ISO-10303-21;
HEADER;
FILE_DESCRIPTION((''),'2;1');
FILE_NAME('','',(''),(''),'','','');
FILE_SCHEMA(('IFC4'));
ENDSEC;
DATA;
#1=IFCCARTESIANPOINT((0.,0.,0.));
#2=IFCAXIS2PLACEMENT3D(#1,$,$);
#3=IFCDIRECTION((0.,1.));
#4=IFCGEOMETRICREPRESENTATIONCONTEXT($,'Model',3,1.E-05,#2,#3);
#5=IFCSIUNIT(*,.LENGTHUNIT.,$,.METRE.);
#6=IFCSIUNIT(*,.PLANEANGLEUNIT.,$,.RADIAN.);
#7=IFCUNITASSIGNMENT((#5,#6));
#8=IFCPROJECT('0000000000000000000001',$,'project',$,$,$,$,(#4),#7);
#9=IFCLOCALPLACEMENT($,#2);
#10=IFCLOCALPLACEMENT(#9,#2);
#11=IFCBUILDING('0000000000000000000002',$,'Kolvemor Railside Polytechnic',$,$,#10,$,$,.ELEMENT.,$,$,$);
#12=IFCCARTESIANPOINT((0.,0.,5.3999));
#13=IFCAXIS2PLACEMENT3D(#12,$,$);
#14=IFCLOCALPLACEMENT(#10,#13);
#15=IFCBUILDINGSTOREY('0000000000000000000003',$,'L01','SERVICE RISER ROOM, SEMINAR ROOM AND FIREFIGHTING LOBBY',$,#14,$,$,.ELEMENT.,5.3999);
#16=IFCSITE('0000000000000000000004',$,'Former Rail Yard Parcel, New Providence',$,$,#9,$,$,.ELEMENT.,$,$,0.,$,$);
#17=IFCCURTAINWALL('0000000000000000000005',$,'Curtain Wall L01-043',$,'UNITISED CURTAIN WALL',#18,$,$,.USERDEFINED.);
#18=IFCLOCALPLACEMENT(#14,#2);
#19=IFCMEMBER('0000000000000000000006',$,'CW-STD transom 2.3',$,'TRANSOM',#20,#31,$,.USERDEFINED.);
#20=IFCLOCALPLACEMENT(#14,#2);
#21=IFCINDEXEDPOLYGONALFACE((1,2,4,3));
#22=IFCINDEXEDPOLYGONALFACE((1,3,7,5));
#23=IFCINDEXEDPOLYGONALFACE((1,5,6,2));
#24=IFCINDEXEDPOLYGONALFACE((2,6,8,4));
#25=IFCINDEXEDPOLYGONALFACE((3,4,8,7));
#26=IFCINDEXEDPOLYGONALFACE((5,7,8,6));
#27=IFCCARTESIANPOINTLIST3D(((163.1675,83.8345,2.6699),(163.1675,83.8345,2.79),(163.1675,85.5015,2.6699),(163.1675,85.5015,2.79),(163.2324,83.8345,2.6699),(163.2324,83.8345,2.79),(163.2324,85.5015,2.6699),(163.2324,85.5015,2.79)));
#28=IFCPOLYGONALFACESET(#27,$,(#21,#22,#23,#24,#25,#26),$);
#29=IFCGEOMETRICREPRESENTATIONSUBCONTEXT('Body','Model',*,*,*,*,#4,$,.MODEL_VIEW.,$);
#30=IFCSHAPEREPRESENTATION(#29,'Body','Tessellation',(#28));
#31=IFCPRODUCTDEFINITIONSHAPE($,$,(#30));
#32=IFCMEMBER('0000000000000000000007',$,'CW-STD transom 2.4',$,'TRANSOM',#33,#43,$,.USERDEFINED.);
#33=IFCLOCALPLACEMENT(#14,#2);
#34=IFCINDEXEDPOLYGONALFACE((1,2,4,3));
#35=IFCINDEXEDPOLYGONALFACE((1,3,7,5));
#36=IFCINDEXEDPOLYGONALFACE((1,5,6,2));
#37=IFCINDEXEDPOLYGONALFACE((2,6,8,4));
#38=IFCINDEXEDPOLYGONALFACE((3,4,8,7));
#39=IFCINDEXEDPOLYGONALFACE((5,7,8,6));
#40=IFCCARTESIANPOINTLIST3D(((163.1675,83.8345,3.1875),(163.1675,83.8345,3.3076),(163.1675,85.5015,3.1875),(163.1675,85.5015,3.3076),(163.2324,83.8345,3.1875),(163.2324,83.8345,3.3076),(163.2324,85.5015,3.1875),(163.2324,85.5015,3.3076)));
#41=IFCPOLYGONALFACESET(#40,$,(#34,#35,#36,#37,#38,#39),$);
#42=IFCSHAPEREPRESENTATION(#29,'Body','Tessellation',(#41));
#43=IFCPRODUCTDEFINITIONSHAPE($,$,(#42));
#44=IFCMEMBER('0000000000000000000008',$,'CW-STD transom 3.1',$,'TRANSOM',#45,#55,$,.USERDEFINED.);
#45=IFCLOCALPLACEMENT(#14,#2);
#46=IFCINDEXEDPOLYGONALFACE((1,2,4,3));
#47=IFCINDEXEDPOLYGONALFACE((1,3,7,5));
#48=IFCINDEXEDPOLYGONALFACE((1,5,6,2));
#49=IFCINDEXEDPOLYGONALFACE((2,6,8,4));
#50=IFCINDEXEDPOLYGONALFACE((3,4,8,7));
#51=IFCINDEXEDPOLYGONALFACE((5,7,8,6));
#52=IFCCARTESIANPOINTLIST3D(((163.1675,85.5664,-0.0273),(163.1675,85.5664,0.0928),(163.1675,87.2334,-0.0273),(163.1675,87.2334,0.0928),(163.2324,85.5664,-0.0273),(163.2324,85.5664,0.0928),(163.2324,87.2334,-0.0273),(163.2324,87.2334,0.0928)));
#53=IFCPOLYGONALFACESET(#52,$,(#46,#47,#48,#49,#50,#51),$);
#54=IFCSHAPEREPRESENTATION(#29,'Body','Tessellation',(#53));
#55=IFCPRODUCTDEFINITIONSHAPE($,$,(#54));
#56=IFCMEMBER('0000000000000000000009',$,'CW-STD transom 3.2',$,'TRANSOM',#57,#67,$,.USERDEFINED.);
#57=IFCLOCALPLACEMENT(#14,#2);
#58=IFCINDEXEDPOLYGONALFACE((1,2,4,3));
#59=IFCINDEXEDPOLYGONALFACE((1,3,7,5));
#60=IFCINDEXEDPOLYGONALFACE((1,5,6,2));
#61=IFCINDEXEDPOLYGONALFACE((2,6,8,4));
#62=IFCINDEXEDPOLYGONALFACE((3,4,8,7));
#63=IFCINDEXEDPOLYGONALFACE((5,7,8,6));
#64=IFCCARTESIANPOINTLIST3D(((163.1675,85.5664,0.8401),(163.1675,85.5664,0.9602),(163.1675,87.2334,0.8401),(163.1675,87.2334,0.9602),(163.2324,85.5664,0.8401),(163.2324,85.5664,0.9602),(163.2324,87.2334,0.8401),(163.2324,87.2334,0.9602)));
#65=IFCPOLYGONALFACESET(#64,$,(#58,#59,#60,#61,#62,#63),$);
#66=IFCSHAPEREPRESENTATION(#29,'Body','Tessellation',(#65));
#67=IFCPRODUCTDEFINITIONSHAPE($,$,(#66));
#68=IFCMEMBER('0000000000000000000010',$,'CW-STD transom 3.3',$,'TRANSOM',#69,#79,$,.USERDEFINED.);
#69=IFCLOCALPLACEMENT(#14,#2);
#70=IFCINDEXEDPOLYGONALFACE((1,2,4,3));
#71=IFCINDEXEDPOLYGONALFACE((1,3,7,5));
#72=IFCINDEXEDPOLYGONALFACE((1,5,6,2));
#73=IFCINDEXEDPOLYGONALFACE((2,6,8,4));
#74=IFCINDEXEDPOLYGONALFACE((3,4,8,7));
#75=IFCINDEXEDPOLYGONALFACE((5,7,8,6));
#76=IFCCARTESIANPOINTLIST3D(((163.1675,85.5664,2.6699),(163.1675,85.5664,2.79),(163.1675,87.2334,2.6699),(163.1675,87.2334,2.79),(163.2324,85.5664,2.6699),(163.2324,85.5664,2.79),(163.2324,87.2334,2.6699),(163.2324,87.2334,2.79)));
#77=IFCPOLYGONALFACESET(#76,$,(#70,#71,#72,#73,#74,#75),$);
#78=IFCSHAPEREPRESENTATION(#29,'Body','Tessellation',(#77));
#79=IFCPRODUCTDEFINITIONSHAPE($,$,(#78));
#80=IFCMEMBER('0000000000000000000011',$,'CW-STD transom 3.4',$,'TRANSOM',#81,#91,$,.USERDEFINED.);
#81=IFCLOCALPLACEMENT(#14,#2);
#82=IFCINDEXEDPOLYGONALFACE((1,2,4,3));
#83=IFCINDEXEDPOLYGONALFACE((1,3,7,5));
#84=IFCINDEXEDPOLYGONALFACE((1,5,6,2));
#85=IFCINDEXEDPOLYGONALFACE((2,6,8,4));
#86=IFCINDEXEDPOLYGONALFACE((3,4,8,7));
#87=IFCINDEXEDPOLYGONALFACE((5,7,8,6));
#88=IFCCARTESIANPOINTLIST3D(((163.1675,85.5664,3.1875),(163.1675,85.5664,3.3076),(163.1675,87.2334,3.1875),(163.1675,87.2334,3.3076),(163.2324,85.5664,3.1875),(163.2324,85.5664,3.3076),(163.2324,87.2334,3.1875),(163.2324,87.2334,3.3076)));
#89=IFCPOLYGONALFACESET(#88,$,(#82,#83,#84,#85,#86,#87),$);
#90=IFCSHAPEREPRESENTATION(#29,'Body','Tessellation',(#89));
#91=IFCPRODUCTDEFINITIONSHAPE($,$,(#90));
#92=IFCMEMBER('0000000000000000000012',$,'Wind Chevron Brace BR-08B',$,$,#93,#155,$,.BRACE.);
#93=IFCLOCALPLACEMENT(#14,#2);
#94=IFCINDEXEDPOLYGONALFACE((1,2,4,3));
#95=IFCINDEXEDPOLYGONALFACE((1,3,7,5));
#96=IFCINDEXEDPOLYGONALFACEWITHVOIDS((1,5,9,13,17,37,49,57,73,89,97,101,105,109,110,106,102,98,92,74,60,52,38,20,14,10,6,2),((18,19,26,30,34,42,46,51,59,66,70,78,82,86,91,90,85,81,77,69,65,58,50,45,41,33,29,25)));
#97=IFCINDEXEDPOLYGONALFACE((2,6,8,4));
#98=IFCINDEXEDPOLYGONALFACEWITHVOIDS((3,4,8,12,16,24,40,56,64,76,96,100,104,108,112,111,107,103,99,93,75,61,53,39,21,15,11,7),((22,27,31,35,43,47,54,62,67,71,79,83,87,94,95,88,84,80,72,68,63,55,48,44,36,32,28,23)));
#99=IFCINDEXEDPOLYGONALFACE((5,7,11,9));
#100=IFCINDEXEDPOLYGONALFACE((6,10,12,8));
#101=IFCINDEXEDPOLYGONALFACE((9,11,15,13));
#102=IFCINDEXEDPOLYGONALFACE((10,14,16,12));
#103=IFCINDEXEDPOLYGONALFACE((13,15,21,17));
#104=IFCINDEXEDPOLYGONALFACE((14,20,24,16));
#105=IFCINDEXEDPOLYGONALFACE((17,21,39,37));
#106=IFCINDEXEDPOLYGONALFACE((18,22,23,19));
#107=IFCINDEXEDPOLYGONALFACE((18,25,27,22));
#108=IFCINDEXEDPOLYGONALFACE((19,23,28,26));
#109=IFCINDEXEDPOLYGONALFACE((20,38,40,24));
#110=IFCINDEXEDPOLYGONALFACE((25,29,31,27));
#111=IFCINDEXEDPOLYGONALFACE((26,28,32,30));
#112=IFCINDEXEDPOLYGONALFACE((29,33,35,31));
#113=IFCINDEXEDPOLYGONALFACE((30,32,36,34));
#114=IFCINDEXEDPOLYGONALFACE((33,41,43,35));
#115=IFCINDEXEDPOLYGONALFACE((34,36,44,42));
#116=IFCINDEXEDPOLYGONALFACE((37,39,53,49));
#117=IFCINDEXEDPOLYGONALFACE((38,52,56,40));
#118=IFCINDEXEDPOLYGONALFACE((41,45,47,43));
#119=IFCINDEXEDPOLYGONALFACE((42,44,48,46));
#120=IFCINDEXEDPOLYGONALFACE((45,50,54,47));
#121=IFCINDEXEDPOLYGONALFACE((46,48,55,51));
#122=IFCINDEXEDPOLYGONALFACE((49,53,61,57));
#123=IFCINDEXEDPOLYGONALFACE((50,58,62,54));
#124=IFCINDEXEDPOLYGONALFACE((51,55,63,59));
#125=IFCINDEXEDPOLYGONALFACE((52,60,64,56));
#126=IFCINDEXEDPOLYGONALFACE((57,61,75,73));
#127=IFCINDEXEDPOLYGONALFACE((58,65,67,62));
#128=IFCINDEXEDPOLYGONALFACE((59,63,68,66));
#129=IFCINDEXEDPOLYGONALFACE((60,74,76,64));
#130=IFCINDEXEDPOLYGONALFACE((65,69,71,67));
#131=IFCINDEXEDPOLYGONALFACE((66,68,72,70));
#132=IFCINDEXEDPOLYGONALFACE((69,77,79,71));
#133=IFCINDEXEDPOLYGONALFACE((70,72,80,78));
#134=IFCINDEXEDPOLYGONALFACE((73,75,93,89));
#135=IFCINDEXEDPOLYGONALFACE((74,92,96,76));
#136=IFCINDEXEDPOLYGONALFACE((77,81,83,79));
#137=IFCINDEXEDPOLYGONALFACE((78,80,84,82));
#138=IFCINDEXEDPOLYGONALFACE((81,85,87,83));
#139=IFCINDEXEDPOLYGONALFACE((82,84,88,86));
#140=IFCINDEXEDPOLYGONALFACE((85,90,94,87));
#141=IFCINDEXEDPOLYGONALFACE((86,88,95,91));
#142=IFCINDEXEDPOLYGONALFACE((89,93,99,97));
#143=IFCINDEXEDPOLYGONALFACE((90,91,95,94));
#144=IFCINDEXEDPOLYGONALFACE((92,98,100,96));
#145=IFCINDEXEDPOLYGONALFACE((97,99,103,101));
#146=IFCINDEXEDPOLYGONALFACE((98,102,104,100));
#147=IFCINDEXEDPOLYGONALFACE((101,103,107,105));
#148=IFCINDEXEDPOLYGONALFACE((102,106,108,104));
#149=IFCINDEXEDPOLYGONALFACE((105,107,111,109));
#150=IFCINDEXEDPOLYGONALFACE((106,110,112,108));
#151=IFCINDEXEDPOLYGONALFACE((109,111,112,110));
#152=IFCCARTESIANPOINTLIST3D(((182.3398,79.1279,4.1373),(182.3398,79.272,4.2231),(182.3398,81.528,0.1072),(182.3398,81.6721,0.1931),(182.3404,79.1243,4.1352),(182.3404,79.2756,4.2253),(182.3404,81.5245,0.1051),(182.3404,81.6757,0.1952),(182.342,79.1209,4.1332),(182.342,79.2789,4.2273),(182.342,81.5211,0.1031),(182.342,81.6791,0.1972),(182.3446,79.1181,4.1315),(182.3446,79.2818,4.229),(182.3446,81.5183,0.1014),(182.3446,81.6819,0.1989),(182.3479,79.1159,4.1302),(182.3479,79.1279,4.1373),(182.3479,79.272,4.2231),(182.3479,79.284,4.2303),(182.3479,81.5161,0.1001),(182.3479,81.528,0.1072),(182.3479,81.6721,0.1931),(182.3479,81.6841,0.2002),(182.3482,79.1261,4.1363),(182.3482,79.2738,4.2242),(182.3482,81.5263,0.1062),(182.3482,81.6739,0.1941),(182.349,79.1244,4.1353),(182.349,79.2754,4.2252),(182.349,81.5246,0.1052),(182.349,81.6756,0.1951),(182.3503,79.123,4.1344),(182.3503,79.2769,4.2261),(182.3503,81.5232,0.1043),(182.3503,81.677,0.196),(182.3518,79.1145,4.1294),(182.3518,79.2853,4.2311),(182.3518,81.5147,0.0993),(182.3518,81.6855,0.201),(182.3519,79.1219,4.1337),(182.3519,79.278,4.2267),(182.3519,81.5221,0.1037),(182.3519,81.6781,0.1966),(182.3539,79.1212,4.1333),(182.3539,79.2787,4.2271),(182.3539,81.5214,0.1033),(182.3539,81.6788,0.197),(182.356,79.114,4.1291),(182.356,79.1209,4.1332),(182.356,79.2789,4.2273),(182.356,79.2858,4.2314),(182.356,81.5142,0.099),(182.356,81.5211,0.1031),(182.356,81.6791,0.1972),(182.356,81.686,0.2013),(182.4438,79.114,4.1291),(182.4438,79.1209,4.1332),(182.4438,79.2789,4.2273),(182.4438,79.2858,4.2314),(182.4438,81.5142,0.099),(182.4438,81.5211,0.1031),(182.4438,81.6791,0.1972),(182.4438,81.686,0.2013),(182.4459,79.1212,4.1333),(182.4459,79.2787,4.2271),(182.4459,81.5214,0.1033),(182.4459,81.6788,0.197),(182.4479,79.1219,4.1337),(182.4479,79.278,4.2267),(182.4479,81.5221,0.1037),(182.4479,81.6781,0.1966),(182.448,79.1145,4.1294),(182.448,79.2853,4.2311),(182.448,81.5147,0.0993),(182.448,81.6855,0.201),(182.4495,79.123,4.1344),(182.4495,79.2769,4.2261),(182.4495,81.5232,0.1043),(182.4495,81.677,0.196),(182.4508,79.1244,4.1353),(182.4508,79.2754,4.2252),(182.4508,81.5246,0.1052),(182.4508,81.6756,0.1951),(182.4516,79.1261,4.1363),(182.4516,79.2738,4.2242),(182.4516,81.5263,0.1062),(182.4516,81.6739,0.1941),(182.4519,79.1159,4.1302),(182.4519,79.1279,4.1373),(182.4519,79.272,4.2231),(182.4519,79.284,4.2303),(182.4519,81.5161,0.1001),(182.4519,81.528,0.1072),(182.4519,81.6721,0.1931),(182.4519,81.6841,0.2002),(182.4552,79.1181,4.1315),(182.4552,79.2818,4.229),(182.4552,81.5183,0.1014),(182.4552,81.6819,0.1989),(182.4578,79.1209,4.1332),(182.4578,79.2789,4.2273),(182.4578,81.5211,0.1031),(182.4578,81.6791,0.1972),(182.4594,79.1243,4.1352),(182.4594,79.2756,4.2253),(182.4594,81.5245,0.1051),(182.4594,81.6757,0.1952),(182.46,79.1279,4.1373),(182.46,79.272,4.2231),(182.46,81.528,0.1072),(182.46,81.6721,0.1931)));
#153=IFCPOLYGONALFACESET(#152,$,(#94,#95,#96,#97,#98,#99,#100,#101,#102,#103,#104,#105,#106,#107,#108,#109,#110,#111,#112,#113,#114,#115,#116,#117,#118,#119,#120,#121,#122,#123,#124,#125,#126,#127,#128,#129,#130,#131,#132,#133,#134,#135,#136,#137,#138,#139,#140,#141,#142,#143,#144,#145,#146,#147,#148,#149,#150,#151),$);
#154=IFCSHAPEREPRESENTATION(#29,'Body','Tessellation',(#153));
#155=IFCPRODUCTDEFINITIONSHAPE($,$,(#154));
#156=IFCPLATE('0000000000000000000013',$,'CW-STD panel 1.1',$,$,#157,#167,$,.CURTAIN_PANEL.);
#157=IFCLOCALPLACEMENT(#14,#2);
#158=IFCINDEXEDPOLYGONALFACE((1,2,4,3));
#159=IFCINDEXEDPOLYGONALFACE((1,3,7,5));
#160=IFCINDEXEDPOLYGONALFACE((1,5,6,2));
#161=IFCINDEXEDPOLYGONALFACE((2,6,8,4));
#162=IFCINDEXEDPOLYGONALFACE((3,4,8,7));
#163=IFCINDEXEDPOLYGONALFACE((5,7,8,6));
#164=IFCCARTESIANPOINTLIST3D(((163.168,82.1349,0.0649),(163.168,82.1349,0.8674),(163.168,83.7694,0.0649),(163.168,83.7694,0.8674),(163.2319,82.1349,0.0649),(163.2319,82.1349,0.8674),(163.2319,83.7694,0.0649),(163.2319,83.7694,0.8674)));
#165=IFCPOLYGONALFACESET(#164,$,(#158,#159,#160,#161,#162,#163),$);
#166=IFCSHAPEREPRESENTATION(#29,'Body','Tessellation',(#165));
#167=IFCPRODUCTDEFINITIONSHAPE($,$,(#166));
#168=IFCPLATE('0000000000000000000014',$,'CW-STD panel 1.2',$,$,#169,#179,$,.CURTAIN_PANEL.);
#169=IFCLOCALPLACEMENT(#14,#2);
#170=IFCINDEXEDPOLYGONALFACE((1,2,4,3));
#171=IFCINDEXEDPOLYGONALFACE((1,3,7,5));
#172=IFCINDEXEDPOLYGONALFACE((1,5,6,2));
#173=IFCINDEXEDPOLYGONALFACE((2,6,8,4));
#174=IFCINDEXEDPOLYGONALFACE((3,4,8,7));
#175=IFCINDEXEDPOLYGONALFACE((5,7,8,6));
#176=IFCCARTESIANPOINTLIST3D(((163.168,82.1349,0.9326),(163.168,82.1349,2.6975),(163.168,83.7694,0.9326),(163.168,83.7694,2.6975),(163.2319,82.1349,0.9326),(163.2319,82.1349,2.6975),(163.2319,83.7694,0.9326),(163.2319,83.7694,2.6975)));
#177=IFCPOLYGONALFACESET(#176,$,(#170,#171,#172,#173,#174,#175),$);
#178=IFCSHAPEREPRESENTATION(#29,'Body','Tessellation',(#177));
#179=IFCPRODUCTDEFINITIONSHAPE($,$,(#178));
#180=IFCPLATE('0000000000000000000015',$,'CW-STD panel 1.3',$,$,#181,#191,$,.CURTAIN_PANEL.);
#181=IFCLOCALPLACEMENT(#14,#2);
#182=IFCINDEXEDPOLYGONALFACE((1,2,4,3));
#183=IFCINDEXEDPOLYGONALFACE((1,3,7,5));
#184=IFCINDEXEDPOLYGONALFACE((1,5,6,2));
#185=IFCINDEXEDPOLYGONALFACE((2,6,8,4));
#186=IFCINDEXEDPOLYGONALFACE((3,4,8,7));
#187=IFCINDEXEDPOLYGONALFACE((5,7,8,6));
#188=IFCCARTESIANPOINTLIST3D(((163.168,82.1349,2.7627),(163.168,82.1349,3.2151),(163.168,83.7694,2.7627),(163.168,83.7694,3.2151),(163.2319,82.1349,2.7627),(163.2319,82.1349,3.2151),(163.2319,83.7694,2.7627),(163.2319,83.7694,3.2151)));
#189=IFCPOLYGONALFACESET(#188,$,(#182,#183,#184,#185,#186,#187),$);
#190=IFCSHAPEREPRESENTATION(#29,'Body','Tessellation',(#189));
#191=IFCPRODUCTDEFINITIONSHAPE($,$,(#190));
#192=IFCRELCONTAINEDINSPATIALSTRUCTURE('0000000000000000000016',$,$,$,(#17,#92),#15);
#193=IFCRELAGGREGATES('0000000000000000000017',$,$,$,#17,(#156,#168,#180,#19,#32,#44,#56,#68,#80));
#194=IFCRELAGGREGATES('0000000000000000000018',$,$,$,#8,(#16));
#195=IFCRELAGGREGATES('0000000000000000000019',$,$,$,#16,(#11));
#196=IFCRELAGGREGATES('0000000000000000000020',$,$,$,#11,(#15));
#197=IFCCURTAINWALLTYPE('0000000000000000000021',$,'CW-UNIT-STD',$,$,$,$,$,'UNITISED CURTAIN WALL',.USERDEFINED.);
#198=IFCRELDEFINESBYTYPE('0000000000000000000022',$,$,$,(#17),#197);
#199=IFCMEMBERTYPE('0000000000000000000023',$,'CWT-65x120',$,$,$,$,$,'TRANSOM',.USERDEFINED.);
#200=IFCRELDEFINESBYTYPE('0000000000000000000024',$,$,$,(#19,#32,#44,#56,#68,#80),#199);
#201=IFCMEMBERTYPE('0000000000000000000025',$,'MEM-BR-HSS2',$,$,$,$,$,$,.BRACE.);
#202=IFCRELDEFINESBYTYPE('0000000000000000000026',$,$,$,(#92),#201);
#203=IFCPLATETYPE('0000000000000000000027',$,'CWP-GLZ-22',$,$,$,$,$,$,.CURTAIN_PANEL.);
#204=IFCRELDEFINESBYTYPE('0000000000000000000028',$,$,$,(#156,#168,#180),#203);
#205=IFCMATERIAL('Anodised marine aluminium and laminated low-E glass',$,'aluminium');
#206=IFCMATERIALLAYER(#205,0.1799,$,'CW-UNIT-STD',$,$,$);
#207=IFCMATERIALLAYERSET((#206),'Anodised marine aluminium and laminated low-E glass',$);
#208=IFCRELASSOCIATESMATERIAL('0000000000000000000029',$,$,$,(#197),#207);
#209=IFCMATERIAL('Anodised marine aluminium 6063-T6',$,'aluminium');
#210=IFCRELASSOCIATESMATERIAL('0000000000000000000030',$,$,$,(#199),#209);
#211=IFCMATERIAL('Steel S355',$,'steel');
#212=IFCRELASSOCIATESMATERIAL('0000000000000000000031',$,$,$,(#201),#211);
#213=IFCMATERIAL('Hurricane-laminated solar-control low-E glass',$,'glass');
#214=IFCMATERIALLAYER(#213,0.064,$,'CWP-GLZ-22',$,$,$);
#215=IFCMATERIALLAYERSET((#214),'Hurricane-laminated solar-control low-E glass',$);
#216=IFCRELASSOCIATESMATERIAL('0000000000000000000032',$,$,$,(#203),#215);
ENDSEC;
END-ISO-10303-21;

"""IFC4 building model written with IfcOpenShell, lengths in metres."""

from ifc_helpers import new_model, si_unit, direction, frame, origin, origin_2d, place, context, subcontext, project, spatial, rectangle, hollow_rectangle, extrude, material, layer, layer_set, material_profile, profile_set, type_object, element, aggregate, save


model = new_model("IFC4")

# Units and contexts
model_context = context("Model", 3, precision=1e-05, world=origin(), true_north=direction((0.0, 1.0)))
body_context = subcontext(model_context, "Body", "Model", "MODEL_VIEW")
ifc_project = project(units=[si_unit("LENGTHUNIT", "METRE"), si_unit("PLANEANGLEUNIT", "RADIAN")], contexts=[model_context])

# Site, building, storey
site_placement = place(None, origin())
site = spatial("IfcSite", under=ifc_project, at=site_placement, Name="Former Rail Yard Parcel, New Providence", CompositionType="ELEMENT", RefElevation=0.0)
building_placement = place(site_placement, origin())
building = spatial("IfcBuilding", under=site, at=building_placement, Name="Kolvemor Railside Polytechnic", CompositionType="ELEMENT")
storey_placement = place(building_placement, frame((0.0, 0.0, 5.3999)))
storey = spatial("IfcBuildingStorey", under=building, at=storey_placement, Name="L01", Description="SERVICE RISER ROOM, SEMINAR ROOM AND FIREFIGHTING LOBBY", CompositionType="ELEMENT", Elevation=5.3999)

# Curtain wall, members
ifc_material_1 = material(Name="Anodised marine aluminium and laminated low-E glass", Category="aluminium")
ifc_layer_1 = layer(ifc_material_1, 0.1799, Name="CW-UNIT-STD")
ifc_layer_set_1 = layer_set([ifc_layer_1], Name="Anodised marine aluminium and laminated low-E glass")
curtain_wall_type = type_object("IfcCurtainWallType", Name="CW-UNIT-STD", ElementType="UNITISED CURTAIN WALL", PredefinedType="USERDEFINED", material=ifc_layer_set_1)
curtain_wall_placement = place(storey_placement, origin())
curtain_wall = element("IfcCurtainWall", 1, at=curtain_wall_placement, inside=storey, type_object=curtain_wall_type, Name="Curtain Wall L01-043", ObjectType="UNITISED CURTAIN WALL", PredefinedType="USERDEFINED")
ifc_material_2 = material(Name="Anodised marine aluminium 6063-T6", Category="aluminium")
ifc_material_profile_1 = material_profile(ifc_material_2, rectangle(XDim=0.0649, YDim=0.1201, at=origin_2d()), Name="CW-TRN-65x120")
ifc_profile_set_1 = profile_set([ifc_material_profile_1], Name="Anodised marine aluminium 6063-T6")
member_type_1 = type_object("IfcMemberType", Name="CWT-65x120", ElementType="TRANSOM", PredefinedType="USERDEFINED", material=ifc_profile_set_1)
member_1_placement = place(storey_placement, frame((163.2, 83.8345, 2.73), z_axis=(0.0, 1.0, 0.0), x_axis=(-1.0, 0.0, 0.0)))
member_1 = element("IfcMember", 2, at=member_1_placement, type_object=member_type_1, Name="CW-STD transom 2.3", ObjectType="TRANSOM", PredefinedType="USERDEFINED", context=body_context, shape_type="SweptSolid", body=[
    extrude(rectangle(XDim=0.0649, YDim=0.1201, at=origin_2d()), origin(), (0.0, 0.0, 1.0), 1.667),
])
member_2_placement = place(storey_placement, frame((163.2, 83.8345, 3.2476), z_axis=(0.0, 1.0, 0.0), x_axis=(-1.0, 0.0, 0.0)))
member_2 = element("IfcMember", 3, at=member_2_placement, type_object=member_type_1, Name="CW-STD transom 2.4", ObjectType="TRANSOM", PredefinedType="USERDEFINED", context=body_context, shape_type="SweptSolid", body=[
    extrude(rectangle(XDim=0.0649, YDim=0.1201, at=origin_2d()), origin(), (0.0, 0.0, 1.0), 1.667),
])
member_3_placement = place(storey_placement, frame((163.2, 85.5664, 0.0327), z_axis=(0.0, 1.0, 0.0), x_axis=(-1.0, 0.0, 0.0)))
member_3 = element("IfcMember", 4, at=member_3_placement, type_object=member_type_1, Name="CW-STD transom 3.1", ObjectType="TRANSOM", PredefinedType="USERDEFINED", context=body_context, shape_type="SweptSolid", body=[
    extrude(rectangle(XDim=0.0649, YDim=0.1201, at=origin_2d()), origin(), (0.0, 0.0, 1.0), 1.667),
])
member_4_placement = place(storey_placement, frame((163.2, 85.5664, 0.9001), z_axis=(0.0, 1.0, 0.0), x_axis=(-1.0, 0.0, 0.0)))
member_4 = element("IfcMember", 5, at=member_4_placement, type_object=member_type_1, Name="CW-STD transom 3.2", ObjectType="TRANSOM", PredefinedType="USERDEFINED", context=body_context, shape_type="SweptSolid", body=[
    extrude(rectangle(XDim=0.0649, YDim=0.1201, at=origin_2d()), origin(), (0.0, 0.0, 1.0), 1.667),
])
member_5_placement = place(storey_placement, frame((163.2, 85.5664, 2.73), z_axis=(0.0, 1.0, 0.0), x_axis=(-1.0, 0.0, 0.0)))
member_5 = element("IfcMember", 6, at=member_5_placement, type_object=member_type_1, Name="CW-STD transom 3.3", ObjectType="TRANSOM", PredefinedType="USERDEFINED", context=body_context, shape_type="SweptSolid", body=[
    extrude(rectangle(XDim=0.0649, YDim=0.1201, at=origin_2d()), origin(), (0.0, 0.0, 1.0), 1.667),
])
member_6_placement = place(storey_placement, frame((163.2, 85.5664, 3.2476), z_axis=(0.0, 1.0, 0.0), x_axis=(-1.0, 0.0, 0.0)))
member_6 = element("IfcMember", 7, at=member_6_placement, type_object=member_type_1, Name="CW-STD transom 3.4", ObjectType="TRANSOM", PredefinedType="USERDEFINED", context=body_context, shape_type="SweptSolid", body=[
    extrude(rectangle(XDim=0.0649, YDim=0.1201, at=origin_2d()), origin(), (0.0, 0.0, 1.0), 1.667),
])

# Member
ifc_material_3 = material(Name="Steel S355", Category="steel")
ifc_material_profile_2 = material_profile(ifc_material_3, hollow_rectangle(XDim=0.1201, YDim=0.2, WallThickness=0.0081, InnerFilletRadius=0.0081, OuterFilletRadius=0.0161, at=origin_2d()), Name="HSS200x120x8")
ifc_profile_set_2 = profile_set([ifc_material_profile_2], Name="Steel S355")
member_type_2 = type_object("IfcMemberType", Name="MEM-BR-HSS2", PredefinedType="BRACE", material=ifc_profile_set_2)
member_7_placement = place(storey_placement, frame((182.3999, 81.6001, 0.1501), z_axis=(0.0, -0.511692, 0.859169), x_axis=(1.0, 0.0, 0.0)))
element("IfcMember", 8, at=member_7_placement, inside=storey, type_object=member_type_2, Name="Wind Chevron Brace BR-08B", PredefinedType="BRACE", context=body_context, shape_type="SweptSolid", body=[
    extrude(hollow_rectangle(XDim=0.1201, YDim=0.2, WallThickness=0.0081, InnerFilletRadius=0.0081, OuterFilletRadius=0.0161, at=origin_2d()), origin(), (0.0, 0.0, 1.0), 4.6907),
])

# Plates
ifc_material_4 = material(Name="Hurricane-laminated solar-control low-E glass", Category="glass")
ifc_layer_2 = layer(ifc_material_4, 0.064, Name="CWP-GLZ-22")
ifc_layer_set_2 = layer_set([ifc_layer_2], Name="Hurricane-laminated solar-control low-E glass")
plate_type = type_object("IfcPlateType", Name="CWP-GLZ-22", PredefinedType="CURTAIN_PANEL", material=ifc_layer_set_2)
plate_1_placement = place(storey_placement, frame((163.2, 82.9521, 0.0649), z_axis=(0.0, 0.0, 1.0), x_axis=(0.0, 1.0, 0.0)))
plate_1 = element("IfcPlate", 9, at=plate_1_placement, type_object=plate_type, Name="CW-STD panel 1.1", PredefinedType="CURTAIN_PANEL", context=body_context, shape_type="SweptSolid", body=[
    extrude(rectangle(XDim=1.6345, YDim=0.064, at=origin_2d()), origin(), (0.0, 0.0, 1.0), 0.8025),
])
plate_2_placement = place(storey_placement, frame((163.2, 82.9521, 0.9326), z_axis=(0.0, 0.0, 1.0), x_axis=(0.0, 1.0, 0.0)))
plate_2 = element("IfcPlate", 10, at=plate_2_placement, type_object=plate_type, Name="CW-STD panel 1.2", PredefinedType="CURTAIN_PANEL", context=body_context, shape_type="SweptSolid", body=[
    extrude(rectangle(XDim=1.6345, YDim=0.064, at=origin_2d()), origin(), (0.0, 0.0, 1.0), 1.7649),
])
plate_3_placement = place(storey_placement, frame((163.2, 82.9521, 2.7627), z_axis=(0.0, 0.0, 1.0), x_axis=(0.0, 1.0, 0.0)))
plate_3 = element("IfcPlate", 11, at=plate_3_placement, type_object=plate_type, Name="CW-STD panel 1.3", PredefinedType="CURTAIN_PANEL", context=body_context, shape_type="SweptSolid", body=[
    extrude(rectangle(XDim=1.6345, YDim=0.064, at=origin_2d()), origin(), (0.0, 0.0, 1.0), 0.4524),
])
aggregate(curtain_wall, [plate_1, plate_2, plate_3, member_1, member_2, member_3, member_4, member_5, member_6])

save(model, "model.ifc")
